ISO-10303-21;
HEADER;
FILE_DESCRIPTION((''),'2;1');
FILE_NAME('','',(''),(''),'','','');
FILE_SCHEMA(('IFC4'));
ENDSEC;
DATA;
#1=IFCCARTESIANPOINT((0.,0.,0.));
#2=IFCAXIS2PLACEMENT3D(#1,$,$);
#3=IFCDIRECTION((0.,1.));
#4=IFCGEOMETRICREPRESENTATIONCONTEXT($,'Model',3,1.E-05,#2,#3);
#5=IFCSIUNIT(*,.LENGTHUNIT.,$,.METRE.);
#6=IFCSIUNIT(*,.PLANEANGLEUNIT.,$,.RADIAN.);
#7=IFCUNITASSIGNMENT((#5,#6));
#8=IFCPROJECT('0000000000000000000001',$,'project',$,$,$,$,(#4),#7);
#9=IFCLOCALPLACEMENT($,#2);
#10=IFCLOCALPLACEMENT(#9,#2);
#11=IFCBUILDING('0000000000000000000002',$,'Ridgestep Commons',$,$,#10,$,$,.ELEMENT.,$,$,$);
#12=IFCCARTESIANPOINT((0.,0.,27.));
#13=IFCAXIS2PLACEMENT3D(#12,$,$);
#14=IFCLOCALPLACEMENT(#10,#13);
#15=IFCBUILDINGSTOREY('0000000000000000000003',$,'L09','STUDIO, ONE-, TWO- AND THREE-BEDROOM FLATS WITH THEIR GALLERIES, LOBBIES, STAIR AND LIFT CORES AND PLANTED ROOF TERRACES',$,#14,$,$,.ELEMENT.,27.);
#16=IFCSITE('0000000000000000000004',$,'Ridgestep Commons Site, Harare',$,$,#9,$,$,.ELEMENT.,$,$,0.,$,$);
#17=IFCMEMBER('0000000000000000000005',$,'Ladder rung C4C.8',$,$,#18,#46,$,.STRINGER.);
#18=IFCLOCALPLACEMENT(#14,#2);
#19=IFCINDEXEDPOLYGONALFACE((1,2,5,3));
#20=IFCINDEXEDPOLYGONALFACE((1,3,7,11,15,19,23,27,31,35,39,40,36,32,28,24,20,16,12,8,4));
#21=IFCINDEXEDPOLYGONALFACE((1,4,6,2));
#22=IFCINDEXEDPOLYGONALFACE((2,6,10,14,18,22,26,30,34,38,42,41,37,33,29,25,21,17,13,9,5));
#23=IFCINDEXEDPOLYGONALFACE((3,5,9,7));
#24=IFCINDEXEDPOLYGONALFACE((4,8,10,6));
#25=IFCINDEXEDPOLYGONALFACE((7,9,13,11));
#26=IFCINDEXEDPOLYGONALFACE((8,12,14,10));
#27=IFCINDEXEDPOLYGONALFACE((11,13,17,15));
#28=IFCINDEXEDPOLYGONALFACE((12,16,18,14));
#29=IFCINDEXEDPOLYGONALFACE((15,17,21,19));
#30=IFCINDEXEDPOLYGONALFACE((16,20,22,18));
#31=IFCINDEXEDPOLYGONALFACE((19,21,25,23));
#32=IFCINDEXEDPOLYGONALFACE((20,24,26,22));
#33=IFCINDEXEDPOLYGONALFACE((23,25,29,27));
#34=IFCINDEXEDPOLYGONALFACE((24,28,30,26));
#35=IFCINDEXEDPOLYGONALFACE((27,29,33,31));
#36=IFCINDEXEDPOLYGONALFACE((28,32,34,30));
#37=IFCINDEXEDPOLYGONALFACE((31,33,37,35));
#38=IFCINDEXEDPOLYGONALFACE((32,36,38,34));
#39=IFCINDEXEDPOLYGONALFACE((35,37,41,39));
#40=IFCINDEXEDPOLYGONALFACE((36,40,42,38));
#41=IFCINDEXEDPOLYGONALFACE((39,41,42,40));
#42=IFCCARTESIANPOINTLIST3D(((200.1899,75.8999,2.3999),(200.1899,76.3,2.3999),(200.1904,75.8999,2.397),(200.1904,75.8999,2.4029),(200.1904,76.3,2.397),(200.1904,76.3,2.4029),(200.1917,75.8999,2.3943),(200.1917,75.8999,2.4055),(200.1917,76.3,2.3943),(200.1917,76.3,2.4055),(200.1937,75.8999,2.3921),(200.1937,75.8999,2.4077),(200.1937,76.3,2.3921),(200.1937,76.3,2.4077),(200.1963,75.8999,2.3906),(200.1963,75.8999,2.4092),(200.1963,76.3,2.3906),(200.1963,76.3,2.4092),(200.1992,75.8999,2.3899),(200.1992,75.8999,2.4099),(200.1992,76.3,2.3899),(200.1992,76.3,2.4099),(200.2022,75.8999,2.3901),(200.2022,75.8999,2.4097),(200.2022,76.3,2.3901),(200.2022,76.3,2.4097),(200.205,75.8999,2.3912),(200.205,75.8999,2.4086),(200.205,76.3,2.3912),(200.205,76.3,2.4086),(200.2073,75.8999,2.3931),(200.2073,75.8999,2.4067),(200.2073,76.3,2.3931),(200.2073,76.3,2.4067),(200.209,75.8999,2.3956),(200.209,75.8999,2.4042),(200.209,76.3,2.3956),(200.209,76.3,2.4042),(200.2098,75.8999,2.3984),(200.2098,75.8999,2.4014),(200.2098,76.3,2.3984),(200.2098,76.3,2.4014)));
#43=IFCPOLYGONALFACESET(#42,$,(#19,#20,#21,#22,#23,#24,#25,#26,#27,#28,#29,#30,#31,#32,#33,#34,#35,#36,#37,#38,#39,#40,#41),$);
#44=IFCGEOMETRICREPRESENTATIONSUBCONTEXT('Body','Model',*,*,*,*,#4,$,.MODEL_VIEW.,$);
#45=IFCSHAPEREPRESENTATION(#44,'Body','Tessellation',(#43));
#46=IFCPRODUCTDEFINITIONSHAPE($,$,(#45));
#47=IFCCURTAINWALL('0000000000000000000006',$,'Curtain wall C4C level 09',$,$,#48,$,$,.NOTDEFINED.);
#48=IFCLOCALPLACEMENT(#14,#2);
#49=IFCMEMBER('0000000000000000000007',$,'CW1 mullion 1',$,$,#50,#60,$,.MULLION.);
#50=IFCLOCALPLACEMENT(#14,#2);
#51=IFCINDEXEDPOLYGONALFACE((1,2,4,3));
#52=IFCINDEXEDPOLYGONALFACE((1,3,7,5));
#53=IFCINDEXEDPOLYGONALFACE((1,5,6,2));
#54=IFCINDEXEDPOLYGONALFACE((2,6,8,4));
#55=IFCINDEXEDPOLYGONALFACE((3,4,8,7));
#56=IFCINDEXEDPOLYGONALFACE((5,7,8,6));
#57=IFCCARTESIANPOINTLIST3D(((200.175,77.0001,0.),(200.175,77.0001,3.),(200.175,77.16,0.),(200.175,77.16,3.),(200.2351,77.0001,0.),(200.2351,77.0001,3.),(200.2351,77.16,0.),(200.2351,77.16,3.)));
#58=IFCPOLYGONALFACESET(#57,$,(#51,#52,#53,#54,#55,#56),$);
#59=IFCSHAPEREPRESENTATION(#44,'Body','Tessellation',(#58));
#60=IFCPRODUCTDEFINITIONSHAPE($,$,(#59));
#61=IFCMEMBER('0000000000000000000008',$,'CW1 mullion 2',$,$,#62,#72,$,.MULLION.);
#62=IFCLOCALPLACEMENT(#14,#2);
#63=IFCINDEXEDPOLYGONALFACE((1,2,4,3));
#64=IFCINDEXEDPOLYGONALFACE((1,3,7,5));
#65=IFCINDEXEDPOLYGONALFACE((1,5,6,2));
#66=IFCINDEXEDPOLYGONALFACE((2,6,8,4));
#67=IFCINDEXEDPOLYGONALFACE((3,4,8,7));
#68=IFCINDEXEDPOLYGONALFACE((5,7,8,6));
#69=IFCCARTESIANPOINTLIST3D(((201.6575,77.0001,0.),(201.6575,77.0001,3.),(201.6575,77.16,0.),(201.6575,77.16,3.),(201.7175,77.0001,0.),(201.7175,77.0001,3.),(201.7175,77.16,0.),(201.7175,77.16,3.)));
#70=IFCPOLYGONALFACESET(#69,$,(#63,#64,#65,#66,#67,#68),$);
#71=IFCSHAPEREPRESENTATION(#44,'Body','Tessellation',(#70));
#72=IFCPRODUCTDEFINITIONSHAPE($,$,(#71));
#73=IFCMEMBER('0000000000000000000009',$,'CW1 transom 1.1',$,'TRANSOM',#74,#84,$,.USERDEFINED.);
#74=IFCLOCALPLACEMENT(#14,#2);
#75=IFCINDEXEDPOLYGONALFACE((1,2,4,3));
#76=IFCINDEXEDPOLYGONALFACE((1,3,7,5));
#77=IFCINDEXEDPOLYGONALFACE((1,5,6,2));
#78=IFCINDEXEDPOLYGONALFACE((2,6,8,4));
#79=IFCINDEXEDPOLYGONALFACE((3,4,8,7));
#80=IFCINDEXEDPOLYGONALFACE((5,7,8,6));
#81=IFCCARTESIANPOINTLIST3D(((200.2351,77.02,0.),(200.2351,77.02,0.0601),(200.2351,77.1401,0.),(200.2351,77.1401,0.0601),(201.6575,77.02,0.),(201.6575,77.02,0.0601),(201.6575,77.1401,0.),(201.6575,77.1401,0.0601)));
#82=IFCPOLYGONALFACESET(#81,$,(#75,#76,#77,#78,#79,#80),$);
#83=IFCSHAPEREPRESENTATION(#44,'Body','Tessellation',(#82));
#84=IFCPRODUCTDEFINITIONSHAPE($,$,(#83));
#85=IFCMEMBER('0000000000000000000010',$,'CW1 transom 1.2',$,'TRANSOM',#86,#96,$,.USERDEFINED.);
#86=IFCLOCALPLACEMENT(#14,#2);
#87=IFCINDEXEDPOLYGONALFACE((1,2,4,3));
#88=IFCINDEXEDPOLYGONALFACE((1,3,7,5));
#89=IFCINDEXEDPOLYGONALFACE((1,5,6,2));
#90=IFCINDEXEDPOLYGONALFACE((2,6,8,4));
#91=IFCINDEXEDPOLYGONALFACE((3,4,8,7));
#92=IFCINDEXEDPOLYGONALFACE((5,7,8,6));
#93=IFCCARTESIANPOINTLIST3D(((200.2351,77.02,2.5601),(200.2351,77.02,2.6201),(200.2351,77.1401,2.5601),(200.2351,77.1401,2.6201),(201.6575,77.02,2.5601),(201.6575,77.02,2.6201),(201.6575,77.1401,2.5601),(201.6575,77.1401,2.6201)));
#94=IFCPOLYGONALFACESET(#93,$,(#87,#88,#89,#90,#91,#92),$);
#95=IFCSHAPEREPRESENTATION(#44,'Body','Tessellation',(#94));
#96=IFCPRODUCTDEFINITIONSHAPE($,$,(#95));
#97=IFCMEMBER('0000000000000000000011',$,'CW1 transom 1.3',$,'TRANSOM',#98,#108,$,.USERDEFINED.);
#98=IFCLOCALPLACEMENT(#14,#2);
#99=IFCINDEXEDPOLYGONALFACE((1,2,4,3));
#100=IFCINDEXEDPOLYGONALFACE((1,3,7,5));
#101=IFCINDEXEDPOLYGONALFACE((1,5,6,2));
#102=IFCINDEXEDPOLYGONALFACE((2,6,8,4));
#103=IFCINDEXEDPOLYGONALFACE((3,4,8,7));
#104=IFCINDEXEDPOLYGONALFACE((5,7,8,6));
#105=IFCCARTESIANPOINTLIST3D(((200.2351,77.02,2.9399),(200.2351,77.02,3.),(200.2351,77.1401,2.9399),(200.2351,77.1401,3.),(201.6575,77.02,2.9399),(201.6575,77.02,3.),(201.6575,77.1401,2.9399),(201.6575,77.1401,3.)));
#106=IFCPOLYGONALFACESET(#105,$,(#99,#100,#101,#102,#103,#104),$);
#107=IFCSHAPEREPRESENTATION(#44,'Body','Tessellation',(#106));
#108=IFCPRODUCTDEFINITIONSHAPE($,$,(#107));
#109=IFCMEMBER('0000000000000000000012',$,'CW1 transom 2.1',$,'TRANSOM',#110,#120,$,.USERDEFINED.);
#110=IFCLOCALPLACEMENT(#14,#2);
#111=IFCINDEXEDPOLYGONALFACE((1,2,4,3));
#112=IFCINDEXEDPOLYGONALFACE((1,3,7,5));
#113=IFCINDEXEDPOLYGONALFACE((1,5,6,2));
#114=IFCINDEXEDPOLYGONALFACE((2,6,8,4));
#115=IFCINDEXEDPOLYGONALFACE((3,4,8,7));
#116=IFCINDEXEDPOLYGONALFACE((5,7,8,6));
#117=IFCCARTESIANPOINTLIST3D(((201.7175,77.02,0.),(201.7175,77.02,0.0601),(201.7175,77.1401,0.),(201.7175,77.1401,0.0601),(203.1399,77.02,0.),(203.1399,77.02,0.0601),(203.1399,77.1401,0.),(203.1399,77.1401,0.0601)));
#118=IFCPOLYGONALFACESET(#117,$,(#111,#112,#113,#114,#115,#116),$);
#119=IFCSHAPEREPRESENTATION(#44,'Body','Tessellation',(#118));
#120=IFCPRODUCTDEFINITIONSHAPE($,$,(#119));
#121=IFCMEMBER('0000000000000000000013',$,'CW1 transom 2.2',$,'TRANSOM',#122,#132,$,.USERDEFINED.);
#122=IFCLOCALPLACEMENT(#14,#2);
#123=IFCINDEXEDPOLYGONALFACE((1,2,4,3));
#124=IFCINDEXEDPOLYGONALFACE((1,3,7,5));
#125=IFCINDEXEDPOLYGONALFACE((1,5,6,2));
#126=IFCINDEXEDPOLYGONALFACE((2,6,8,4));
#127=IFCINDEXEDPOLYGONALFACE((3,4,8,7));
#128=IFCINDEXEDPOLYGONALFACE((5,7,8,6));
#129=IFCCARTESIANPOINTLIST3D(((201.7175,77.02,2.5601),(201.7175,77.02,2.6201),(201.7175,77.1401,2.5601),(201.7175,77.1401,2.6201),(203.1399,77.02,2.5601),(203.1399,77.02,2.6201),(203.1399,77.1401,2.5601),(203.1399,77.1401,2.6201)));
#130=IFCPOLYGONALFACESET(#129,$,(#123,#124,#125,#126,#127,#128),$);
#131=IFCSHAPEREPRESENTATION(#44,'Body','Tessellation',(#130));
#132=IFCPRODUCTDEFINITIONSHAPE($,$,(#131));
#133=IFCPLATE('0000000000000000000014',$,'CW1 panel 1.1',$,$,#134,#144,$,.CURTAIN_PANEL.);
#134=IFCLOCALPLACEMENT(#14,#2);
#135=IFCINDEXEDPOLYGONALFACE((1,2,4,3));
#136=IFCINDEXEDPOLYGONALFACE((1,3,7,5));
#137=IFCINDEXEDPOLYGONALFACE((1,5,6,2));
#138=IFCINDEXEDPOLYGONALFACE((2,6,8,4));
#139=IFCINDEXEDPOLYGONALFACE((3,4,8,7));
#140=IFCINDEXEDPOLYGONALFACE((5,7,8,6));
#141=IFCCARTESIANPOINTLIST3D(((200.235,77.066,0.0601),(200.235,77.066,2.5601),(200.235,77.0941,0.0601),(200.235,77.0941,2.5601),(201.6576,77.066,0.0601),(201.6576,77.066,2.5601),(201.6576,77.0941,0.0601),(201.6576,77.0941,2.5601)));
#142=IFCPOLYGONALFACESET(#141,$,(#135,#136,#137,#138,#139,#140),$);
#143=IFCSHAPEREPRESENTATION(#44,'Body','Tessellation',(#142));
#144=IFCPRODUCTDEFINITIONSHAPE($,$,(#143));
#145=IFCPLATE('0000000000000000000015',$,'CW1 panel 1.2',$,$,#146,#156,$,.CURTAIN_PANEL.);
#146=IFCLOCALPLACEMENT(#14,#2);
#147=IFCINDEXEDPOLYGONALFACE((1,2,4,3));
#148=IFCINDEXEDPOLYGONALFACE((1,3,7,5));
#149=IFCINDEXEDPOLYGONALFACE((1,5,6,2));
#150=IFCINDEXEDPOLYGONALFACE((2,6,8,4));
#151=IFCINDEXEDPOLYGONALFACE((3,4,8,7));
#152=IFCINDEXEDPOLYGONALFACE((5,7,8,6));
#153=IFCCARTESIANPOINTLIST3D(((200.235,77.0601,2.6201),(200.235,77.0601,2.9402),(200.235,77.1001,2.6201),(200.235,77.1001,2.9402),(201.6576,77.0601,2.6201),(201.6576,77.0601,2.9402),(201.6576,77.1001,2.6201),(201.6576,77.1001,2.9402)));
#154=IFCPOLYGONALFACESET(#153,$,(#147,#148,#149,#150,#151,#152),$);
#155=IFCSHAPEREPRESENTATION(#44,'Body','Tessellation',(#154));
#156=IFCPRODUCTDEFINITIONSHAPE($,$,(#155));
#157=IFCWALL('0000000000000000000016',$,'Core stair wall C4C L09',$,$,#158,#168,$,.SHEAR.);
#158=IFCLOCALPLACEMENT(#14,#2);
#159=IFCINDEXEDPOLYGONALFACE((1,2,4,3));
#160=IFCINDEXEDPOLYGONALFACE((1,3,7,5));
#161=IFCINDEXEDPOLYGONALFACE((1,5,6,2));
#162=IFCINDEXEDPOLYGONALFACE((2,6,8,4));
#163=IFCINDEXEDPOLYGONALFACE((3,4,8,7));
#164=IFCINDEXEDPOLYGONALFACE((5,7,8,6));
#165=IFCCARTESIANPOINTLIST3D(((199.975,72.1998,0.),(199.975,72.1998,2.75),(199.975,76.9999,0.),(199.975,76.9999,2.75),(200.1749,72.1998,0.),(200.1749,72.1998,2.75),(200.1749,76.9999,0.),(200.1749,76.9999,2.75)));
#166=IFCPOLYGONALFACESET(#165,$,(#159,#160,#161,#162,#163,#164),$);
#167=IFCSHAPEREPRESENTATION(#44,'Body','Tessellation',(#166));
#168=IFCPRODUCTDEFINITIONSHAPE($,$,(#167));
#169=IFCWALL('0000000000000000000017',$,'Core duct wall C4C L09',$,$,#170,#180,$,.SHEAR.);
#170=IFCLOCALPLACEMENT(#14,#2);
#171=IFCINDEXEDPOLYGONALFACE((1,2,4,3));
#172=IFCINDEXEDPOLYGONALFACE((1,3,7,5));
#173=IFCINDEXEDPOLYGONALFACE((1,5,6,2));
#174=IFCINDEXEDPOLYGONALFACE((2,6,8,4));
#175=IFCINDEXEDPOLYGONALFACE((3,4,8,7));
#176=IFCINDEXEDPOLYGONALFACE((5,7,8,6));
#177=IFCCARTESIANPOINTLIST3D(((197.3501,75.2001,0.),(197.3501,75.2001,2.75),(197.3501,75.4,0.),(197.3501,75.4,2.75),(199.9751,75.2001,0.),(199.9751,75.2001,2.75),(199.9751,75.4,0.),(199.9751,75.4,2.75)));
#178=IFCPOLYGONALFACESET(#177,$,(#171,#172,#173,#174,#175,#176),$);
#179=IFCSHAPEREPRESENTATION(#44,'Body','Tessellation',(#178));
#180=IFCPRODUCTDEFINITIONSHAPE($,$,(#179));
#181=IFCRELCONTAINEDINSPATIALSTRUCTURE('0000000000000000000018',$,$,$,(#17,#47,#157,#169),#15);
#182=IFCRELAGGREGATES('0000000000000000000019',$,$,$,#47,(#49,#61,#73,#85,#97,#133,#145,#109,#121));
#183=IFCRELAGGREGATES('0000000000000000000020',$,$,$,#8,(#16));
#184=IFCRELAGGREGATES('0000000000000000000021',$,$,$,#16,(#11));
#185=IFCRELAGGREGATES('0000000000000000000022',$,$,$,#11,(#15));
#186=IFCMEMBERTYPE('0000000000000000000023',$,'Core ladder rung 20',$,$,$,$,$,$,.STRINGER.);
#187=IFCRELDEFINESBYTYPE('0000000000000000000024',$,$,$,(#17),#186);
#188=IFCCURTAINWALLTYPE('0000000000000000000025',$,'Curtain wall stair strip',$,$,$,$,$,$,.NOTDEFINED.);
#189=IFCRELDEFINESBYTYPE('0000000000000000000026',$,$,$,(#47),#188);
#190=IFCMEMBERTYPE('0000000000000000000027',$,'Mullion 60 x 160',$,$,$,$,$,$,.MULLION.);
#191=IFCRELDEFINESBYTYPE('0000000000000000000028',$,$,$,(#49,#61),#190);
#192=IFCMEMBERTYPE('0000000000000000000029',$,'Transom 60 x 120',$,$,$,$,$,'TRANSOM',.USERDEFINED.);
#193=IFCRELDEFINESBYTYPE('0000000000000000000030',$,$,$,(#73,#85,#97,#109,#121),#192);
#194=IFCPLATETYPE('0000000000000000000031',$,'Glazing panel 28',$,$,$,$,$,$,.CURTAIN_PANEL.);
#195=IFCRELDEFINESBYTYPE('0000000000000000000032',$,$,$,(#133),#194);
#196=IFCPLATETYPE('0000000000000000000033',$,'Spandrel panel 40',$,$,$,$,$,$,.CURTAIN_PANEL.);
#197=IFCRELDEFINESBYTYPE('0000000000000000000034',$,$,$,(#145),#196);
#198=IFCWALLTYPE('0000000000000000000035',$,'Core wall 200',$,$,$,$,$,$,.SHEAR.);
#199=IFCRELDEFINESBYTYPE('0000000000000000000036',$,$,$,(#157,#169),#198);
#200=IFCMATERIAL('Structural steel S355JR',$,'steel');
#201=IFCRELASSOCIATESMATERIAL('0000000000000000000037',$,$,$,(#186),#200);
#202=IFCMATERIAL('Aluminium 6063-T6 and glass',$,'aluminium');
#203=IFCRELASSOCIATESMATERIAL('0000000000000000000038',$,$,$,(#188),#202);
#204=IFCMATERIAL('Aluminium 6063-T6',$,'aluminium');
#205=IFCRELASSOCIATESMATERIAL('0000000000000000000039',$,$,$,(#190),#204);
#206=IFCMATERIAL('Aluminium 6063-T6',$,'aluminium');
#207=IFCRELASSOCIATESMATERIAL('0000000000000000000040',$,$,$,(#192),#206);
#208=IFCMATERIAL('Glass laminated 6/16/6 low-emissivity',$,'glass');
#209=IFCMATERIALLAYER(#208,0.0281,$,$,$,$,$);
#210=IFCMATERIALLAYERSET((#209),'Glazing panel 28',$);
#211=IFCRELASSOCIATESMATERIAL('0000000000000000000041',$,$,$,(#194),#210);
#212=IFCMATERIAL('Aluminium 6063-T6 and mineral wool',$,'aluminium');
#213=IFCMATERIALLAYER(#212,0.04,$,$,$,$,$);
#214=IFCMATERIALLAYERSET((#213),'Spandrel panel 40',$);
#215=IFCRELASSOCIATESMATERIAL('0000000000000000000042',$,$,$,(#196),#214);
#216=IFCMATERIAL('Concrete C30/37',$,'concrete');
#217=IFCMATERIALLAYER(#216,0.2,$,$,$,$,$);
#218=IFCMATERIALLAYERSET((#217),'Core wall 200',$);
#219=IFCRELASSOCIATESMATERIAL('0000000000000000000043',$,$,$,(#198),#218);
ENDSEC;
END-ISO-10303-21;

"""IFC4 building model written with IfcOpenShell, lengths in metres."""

from ifc_helpers import new_model, si_unit, direction, frame, frame_2d, origin, origin_2d, place, context, subcontext, project, spatial, rectangle, circle, extrude, material, layer, layer_set, material_profile, profile_set, type_object, element, aggregate, save


model = new_model("IFC4")

# Units and contexts
model_context = context("Model", 3, precision=1e-05, world=origin(), true_north=direction((0.0, 1.0)))
body_context = subcontext(model_context, "Body", "Model", "MODEL_VIEW")
ifc_project = project(units=[si_unit("LENGTHUNIT", "METRE"), si_unit("PLANEANGLEUNIT", "RADIAN")], contexts=[model_context])

# Site, building, storey
site_placement = place(None, origin())
site = spatial("IfcSite", under=ifc_project, at=site_placement, Name="Ridgestep Commons Site, Harare", CompositionType="ELEMENT", RefElevation=0.0)
building_placement = place(site_placement, origin())
building = spatial("IfcBuilding", under=site, at=building_placement, Name="Ridgestep Commons", CompositionType="ELEMENT")
storey_placement = place(building_placement, frame((0.0, 0.0, 27.0)))
storey = spatial("IfcBuildingStorey", under=building, at=storey_placement, Name="L09", Description="STUDIO, ONE-, TWO- AND THREE-BEDROOM FLATS WITH THEIR GALLERIES, LOBBIES, STAIR AND LIFT CORES AND PLANTED ROOF TERRACES", CompositionType="ELEMENT", Elevation=27.0)

# Member
ifc_material_1 = material(Name="Structural steel S355JR", Category="steel")
ifc_material_profile_1 = material_profile(ifc_material_1, circle(Radius=0.01, at=origin_2d()), Name="Round bar 20")
ifc_profile_set_1 = profile_set([ifc_material_profile_1], Name="Structural steel S355JR")
member_type_1 = type_object("IfcMemberType", Name="Core ladder rung 20", PredefinedType="STRINGER", material=ifc_profile_set_1)
for number, where, z_axis, x_axis, name in (
    (1, (200.2, 75.8999, 2.3999), (0.0, 1.0, 0.0), (-1.0, 0.0, 0.0), "Ladder rung C4C.8"),
):
    element("IfcMember", number, at=place(storey_placement, frame(where, z_axis=z_axis, x_axis=x_axis)), inside=storey, type_object=member_type_1, Name=name, PredefinedType="STRINGER", context=body_context, shape_type="SweptSolid", body=[
        extrude(circle(Radius=0.01, at=origin_2d()), origin(), (0.0, 0.0, 1.0), 0.4001),
    ])

# Curtain wall, members, plates
ifc_material_2 = material(Name="Aluminium 6063-T6 and glass", Category="aluminium")
curtain_wall_type = type_object("IfcCurtainWallType", Name="Curtain wall stair strip", PredefinedType="NOTDEFINED", material=ifc_material_2)
curtain_wall_placement = place(storey_placement, origin())
curtain_wall = element("IfcCurtainWall", 2, at=curtain_wall_placement, inside=storey, type_object=curtain_wall_type, Name="Curtain wall C4C level 09", PredefinedType="NOTDEFINED")
ifc_material_3 = material(Name="Aluminium 6063-T6", Category="aluminium")
ifc_material_profile_2 = material_profile(ifc_material_3, rectangle(XDim=0.1599, YDim=0.0601, at=origin_2d()), Name="Mullion 60 x 160")
ifc_profile_set_2 = profile_set([ifc_material_profile_2], Name="Aluminium 6063-T6")
member_type_2 = type_object("IfcMemberType", Name="Mullion 60 x 160", PredefinedType="MULLION", material=ifc_profile_set_2)
member_1_placement = place(storey_placement, frame((200.2051, 77.0801, 0.0), z_axis=(0.0, 0.0, 1.0), x_axis=(0.0, 1.0, 0.0)))
member_1 = element("IfcMember", 3, at=member_1_placement, type_object=member_type_2, Name="CW1 mullion 1", PredefinedType="MULLION", context=body_context, shape_type="SweptSolid", body=[
    extrude(rectangle(XDim=0.1599, YDim=0.0601, at=origin_2d()), origin(), (0.0, 0.0, 1.0), 3.0),
])
member_2_placement = place(storey_placement, frame((201.6875, 77.0801, 0.0), z_axis=(0.0, 0.0, 1.0), x_axis=(0.0, 1.0, 0.0)))
member_2 = element("IfcMember", 4, at=member_2_placement, type_object=member_type_2, Name="CW1 mullion 2", PredefinedType="MULLION", context=body_context, shape_type="SweptSolid", body=[
    extrude(rectangle(XDim=0.1599, YDim=0.0601, at=origin_2d()), origin(), (0.0, 0.0, 1.0), 3.0),
])
ifc_material_4 = material(Name="Aluminium 6063-T6", Category="aluminium")
ifc_material_profile_3 = material_profile(ifc_material_4, rectangle(XDim=0.1201, YDim=0.0601, at=origin_2d()), Name="Transom 60 x 120")
ifc_profile_set_3 = profile_set([ifc_material_profile_3], Name="Aluminium 6063-T6")
member_type_3 = type_object("IfcMemberType", Name="Transom 60 x 120", ElementType="TRANSOM", PredefinedType="USERDEFINED", material=ifc_profile_set_3)
member_3_placement = place(storey_placement, frame((200.2351, 77.0801, 0.03), z_axis=(1.0, 0.0, 0.0), x_axis=(0.0, 1.0, 0.0)))
member_3 = element("IfcMember", 5, at=member_3_placement, type_object=member_type_3, Name="CW1 transom 1.1", ObjectType="TRANSOM", PredefinedType="USERDEFINED", context=body_context, shape_type="SweptSolid", body=[
    extrude(rectangle(XDim=0.1201, YDim=0.0601, at=origin_2d()), origin(), (0.0, 0.0, 1.0), 1.4224),
])
member_4_placement = place(storey_placement, frame((200.2351, 77.0801, 2.5901), z_axis=(1.0, 0.0, 0.0), x_axis=(0.0, 1.0, 0.0)))
member_4 = element("IfcMember", 6, at=member_4_placement, type_object=member_type_3, Name="CW1 transom 1.2", ObjectType="TRANSOM", PredefinedType="USERDEFINED", context=body_context, shape_type="SweptSolid", body=[
    extrude(rectangle(XDim=0.1201, YDim=0.0601, at=origin_2d()), origin(), (0.0, 0.0, 1.0), 1.4224),
])
member_5_placement = place(storey_placement, frame((200.2351, 77.0801, 2.97), z_axis=(1.0, 0.0, 0.0), x_axis=(0.0, 1.0, 0.0)))
member_5 = element("IfcMember", 7, at=member_5_placement, type_object=member_type_3, Name="CW1 transom 1.3", ObjectType="TRANSOM", PredefinedType="USERDEFINED", context=body_context, shape_type="SweptSolid", body=[
    extrude(rectangle(XDim=0.1201, YDim=0.0601, at=origin_2d()), origin(), (0.0, 0.0, 1.0), 1.4224),
])
member_6_placement = place(storey_placement, frame((201.7175, 77.0801, 0.03), z_axis=(1.0, 0.0, 0.0), x_axis=(0.0, 1.0, 0.0)))
member_6 = element("IfcMember", 8, at=member_6_placement, type_object=member_type_3, Name="CW1 transom 2.1", ObjectType="TRANSOM", PredefinedType="USERDEFINED", context=body_context, shape_type="SweptSolid", body=[
    extrude(rectangle(XDim=0.1201, YDim=0.0601, at=origin_2d()), origin(), (0.0, 0.0, 1.0), 1.4224),
])
member_7_placement = place(storey_placement, frame((201.7175, 77.0801, 2.5901), z_axis=(1.0, 0.0, 0.0), x_axis=(0.0, 1.0, 0.0)))
member_7 = element("IfcMember", 9, at=member_7_placement, type_object=member_type_3, Name="CW1 transom 2.2", ObjectType="TRANSOM", PredefinedType="USERDEFINED", context=body_context, shape_type="SweptSolid", body=[
    extrude(rectangle(XDim=0.1201, YDim=0.0601, at=origin_2d()), origin(), (0.0, 0.0, 1.0), 1.4224),
])
ifc_material_5 = material(Name="Glass laminated 6/16/6 low-emissivity", Category="glass")
ifc_layer_1 = layer(ifc_material_5, 0.0281)
ifc_layer_set_1 = layer_set([ifc_layer_1], Name="Glazing panel 28")
plate_type_1 = type_object("IfcPlateType", Name="Glazing panel 28", PredefinedType="CURTAIN_PANEL", material=ifc_layer_set_1)
plate_1_placement = place(storey_placement, frame((200.9463, 77.0801, 0.0601), z_axis=(0.0, 0.0, 1.0), x_axis=(1.0, 0.0, 0.0)))
plate_1 = element("IfcPlate", 10, at=plate_1_placement, type_object=plate_type_1, Name="CW1 panel 1.1", PredefinedType="CURTAIN_PANEL", context=body_context, shape_type="SweptSolid", body=[
    extrude(rectangle(XDim=1.4226, YDim=0.0281, at=origin_2d()), origin(), (0.0, 0.0, 1.0), 2.5),
])
ifc_material_6 = material(Name="Aluminium 6063-T6 and mineral wool", Category="aluminium")
ifc_layer_2 = layer(ifc_material_6, 0.04)
ifc_layer_set_2 = layer_set([ifc_layer_2], Name="Spandrel panel 40")
plate_type_2 = type_object("IfcPlateType", Name="Spandrel panel 40", PredefinedType="CURTAIN_PANEL", material=ifc_layer_set_2)
plate_2_placement = place(storey_placement, frame((200.9463, 77.0801, 2.6201), z_axis=(0.0, 0.0, 1.0), x_axis=(1.0, 0.0, 0.0)))
plate_2 = element("IfcPlate", 11, at=plate_2_placement, type_object=plate_type_2, Name="CW1 panel 1.2", PredefinedType="CURTAIN_PANEL", context=body_context, shape_type="SweptSolid", body=[
    extrude(rectangle(XDim=1.4226, YDim=0.04, at=origin_2d()), origin(), (0.0, 0.0, 1.0), 0.3201),
])
aggregate(curtain_wall, [member_1, member_2, member_3, member_4, member_5, plate_1, plate_2, member_6, member_7])

# Walls
ifc_material_7 = material(Name="Concrete C30/37", Category="concrete")
ifc_layer_3 = layer(ifc_material_7, 0.2)
ifc_layer_set_3 = layer_set([ifc_layer_3], Name="Core wall 200")
wall_type_1 = type_object("IfcWallType", Name="Core wall 200", PredefinedType="SHEAR", material=ifc_layer_set_3)
wall_1_placement = place(storey_placement, frame((200.075, 72.2, 0.0), z_axis=(0.0, 0.0, 1.0), x_axis=(0.0, 1.0, 0.0)))
element("IfcWall", 12, at=wall_1_placement, inside=storey, type_object=wall_type_1, Name="Core stair wall C4C L09", PredefinedType="SHEAR", context=body_context, shape_type="SweptSolid", body=[
    extrude(rectangle(XDim=4.8, YDim=0.2, at=frame_2d((2.3999, 0.0))), origin(), (0.0, 0.0, 1.0), 2.75),
])
wall_2_placement = place(storey_placement, frame((197.3501, 75.3, 0.0), z_axis=(0.0, 0.0, 1.0), x_axis=(1.0, 0.0, 0.0)))
element("IfcWall", 13, at=wall_2_placement, inside=storey, type_object=wall_type_1, Name="Core duct wall C4C L09", PredefinedType="SHEAR", context=body_context, shape_type="SweptSolid", body=[
    extrude(rectangle(XDim=2.625, YDim=0.2, at=frame_2d((1.3125, 0.0))), origin(), (0.0, 0.0, 1.0), 2.75),
])

save(model, "model.ifc")
